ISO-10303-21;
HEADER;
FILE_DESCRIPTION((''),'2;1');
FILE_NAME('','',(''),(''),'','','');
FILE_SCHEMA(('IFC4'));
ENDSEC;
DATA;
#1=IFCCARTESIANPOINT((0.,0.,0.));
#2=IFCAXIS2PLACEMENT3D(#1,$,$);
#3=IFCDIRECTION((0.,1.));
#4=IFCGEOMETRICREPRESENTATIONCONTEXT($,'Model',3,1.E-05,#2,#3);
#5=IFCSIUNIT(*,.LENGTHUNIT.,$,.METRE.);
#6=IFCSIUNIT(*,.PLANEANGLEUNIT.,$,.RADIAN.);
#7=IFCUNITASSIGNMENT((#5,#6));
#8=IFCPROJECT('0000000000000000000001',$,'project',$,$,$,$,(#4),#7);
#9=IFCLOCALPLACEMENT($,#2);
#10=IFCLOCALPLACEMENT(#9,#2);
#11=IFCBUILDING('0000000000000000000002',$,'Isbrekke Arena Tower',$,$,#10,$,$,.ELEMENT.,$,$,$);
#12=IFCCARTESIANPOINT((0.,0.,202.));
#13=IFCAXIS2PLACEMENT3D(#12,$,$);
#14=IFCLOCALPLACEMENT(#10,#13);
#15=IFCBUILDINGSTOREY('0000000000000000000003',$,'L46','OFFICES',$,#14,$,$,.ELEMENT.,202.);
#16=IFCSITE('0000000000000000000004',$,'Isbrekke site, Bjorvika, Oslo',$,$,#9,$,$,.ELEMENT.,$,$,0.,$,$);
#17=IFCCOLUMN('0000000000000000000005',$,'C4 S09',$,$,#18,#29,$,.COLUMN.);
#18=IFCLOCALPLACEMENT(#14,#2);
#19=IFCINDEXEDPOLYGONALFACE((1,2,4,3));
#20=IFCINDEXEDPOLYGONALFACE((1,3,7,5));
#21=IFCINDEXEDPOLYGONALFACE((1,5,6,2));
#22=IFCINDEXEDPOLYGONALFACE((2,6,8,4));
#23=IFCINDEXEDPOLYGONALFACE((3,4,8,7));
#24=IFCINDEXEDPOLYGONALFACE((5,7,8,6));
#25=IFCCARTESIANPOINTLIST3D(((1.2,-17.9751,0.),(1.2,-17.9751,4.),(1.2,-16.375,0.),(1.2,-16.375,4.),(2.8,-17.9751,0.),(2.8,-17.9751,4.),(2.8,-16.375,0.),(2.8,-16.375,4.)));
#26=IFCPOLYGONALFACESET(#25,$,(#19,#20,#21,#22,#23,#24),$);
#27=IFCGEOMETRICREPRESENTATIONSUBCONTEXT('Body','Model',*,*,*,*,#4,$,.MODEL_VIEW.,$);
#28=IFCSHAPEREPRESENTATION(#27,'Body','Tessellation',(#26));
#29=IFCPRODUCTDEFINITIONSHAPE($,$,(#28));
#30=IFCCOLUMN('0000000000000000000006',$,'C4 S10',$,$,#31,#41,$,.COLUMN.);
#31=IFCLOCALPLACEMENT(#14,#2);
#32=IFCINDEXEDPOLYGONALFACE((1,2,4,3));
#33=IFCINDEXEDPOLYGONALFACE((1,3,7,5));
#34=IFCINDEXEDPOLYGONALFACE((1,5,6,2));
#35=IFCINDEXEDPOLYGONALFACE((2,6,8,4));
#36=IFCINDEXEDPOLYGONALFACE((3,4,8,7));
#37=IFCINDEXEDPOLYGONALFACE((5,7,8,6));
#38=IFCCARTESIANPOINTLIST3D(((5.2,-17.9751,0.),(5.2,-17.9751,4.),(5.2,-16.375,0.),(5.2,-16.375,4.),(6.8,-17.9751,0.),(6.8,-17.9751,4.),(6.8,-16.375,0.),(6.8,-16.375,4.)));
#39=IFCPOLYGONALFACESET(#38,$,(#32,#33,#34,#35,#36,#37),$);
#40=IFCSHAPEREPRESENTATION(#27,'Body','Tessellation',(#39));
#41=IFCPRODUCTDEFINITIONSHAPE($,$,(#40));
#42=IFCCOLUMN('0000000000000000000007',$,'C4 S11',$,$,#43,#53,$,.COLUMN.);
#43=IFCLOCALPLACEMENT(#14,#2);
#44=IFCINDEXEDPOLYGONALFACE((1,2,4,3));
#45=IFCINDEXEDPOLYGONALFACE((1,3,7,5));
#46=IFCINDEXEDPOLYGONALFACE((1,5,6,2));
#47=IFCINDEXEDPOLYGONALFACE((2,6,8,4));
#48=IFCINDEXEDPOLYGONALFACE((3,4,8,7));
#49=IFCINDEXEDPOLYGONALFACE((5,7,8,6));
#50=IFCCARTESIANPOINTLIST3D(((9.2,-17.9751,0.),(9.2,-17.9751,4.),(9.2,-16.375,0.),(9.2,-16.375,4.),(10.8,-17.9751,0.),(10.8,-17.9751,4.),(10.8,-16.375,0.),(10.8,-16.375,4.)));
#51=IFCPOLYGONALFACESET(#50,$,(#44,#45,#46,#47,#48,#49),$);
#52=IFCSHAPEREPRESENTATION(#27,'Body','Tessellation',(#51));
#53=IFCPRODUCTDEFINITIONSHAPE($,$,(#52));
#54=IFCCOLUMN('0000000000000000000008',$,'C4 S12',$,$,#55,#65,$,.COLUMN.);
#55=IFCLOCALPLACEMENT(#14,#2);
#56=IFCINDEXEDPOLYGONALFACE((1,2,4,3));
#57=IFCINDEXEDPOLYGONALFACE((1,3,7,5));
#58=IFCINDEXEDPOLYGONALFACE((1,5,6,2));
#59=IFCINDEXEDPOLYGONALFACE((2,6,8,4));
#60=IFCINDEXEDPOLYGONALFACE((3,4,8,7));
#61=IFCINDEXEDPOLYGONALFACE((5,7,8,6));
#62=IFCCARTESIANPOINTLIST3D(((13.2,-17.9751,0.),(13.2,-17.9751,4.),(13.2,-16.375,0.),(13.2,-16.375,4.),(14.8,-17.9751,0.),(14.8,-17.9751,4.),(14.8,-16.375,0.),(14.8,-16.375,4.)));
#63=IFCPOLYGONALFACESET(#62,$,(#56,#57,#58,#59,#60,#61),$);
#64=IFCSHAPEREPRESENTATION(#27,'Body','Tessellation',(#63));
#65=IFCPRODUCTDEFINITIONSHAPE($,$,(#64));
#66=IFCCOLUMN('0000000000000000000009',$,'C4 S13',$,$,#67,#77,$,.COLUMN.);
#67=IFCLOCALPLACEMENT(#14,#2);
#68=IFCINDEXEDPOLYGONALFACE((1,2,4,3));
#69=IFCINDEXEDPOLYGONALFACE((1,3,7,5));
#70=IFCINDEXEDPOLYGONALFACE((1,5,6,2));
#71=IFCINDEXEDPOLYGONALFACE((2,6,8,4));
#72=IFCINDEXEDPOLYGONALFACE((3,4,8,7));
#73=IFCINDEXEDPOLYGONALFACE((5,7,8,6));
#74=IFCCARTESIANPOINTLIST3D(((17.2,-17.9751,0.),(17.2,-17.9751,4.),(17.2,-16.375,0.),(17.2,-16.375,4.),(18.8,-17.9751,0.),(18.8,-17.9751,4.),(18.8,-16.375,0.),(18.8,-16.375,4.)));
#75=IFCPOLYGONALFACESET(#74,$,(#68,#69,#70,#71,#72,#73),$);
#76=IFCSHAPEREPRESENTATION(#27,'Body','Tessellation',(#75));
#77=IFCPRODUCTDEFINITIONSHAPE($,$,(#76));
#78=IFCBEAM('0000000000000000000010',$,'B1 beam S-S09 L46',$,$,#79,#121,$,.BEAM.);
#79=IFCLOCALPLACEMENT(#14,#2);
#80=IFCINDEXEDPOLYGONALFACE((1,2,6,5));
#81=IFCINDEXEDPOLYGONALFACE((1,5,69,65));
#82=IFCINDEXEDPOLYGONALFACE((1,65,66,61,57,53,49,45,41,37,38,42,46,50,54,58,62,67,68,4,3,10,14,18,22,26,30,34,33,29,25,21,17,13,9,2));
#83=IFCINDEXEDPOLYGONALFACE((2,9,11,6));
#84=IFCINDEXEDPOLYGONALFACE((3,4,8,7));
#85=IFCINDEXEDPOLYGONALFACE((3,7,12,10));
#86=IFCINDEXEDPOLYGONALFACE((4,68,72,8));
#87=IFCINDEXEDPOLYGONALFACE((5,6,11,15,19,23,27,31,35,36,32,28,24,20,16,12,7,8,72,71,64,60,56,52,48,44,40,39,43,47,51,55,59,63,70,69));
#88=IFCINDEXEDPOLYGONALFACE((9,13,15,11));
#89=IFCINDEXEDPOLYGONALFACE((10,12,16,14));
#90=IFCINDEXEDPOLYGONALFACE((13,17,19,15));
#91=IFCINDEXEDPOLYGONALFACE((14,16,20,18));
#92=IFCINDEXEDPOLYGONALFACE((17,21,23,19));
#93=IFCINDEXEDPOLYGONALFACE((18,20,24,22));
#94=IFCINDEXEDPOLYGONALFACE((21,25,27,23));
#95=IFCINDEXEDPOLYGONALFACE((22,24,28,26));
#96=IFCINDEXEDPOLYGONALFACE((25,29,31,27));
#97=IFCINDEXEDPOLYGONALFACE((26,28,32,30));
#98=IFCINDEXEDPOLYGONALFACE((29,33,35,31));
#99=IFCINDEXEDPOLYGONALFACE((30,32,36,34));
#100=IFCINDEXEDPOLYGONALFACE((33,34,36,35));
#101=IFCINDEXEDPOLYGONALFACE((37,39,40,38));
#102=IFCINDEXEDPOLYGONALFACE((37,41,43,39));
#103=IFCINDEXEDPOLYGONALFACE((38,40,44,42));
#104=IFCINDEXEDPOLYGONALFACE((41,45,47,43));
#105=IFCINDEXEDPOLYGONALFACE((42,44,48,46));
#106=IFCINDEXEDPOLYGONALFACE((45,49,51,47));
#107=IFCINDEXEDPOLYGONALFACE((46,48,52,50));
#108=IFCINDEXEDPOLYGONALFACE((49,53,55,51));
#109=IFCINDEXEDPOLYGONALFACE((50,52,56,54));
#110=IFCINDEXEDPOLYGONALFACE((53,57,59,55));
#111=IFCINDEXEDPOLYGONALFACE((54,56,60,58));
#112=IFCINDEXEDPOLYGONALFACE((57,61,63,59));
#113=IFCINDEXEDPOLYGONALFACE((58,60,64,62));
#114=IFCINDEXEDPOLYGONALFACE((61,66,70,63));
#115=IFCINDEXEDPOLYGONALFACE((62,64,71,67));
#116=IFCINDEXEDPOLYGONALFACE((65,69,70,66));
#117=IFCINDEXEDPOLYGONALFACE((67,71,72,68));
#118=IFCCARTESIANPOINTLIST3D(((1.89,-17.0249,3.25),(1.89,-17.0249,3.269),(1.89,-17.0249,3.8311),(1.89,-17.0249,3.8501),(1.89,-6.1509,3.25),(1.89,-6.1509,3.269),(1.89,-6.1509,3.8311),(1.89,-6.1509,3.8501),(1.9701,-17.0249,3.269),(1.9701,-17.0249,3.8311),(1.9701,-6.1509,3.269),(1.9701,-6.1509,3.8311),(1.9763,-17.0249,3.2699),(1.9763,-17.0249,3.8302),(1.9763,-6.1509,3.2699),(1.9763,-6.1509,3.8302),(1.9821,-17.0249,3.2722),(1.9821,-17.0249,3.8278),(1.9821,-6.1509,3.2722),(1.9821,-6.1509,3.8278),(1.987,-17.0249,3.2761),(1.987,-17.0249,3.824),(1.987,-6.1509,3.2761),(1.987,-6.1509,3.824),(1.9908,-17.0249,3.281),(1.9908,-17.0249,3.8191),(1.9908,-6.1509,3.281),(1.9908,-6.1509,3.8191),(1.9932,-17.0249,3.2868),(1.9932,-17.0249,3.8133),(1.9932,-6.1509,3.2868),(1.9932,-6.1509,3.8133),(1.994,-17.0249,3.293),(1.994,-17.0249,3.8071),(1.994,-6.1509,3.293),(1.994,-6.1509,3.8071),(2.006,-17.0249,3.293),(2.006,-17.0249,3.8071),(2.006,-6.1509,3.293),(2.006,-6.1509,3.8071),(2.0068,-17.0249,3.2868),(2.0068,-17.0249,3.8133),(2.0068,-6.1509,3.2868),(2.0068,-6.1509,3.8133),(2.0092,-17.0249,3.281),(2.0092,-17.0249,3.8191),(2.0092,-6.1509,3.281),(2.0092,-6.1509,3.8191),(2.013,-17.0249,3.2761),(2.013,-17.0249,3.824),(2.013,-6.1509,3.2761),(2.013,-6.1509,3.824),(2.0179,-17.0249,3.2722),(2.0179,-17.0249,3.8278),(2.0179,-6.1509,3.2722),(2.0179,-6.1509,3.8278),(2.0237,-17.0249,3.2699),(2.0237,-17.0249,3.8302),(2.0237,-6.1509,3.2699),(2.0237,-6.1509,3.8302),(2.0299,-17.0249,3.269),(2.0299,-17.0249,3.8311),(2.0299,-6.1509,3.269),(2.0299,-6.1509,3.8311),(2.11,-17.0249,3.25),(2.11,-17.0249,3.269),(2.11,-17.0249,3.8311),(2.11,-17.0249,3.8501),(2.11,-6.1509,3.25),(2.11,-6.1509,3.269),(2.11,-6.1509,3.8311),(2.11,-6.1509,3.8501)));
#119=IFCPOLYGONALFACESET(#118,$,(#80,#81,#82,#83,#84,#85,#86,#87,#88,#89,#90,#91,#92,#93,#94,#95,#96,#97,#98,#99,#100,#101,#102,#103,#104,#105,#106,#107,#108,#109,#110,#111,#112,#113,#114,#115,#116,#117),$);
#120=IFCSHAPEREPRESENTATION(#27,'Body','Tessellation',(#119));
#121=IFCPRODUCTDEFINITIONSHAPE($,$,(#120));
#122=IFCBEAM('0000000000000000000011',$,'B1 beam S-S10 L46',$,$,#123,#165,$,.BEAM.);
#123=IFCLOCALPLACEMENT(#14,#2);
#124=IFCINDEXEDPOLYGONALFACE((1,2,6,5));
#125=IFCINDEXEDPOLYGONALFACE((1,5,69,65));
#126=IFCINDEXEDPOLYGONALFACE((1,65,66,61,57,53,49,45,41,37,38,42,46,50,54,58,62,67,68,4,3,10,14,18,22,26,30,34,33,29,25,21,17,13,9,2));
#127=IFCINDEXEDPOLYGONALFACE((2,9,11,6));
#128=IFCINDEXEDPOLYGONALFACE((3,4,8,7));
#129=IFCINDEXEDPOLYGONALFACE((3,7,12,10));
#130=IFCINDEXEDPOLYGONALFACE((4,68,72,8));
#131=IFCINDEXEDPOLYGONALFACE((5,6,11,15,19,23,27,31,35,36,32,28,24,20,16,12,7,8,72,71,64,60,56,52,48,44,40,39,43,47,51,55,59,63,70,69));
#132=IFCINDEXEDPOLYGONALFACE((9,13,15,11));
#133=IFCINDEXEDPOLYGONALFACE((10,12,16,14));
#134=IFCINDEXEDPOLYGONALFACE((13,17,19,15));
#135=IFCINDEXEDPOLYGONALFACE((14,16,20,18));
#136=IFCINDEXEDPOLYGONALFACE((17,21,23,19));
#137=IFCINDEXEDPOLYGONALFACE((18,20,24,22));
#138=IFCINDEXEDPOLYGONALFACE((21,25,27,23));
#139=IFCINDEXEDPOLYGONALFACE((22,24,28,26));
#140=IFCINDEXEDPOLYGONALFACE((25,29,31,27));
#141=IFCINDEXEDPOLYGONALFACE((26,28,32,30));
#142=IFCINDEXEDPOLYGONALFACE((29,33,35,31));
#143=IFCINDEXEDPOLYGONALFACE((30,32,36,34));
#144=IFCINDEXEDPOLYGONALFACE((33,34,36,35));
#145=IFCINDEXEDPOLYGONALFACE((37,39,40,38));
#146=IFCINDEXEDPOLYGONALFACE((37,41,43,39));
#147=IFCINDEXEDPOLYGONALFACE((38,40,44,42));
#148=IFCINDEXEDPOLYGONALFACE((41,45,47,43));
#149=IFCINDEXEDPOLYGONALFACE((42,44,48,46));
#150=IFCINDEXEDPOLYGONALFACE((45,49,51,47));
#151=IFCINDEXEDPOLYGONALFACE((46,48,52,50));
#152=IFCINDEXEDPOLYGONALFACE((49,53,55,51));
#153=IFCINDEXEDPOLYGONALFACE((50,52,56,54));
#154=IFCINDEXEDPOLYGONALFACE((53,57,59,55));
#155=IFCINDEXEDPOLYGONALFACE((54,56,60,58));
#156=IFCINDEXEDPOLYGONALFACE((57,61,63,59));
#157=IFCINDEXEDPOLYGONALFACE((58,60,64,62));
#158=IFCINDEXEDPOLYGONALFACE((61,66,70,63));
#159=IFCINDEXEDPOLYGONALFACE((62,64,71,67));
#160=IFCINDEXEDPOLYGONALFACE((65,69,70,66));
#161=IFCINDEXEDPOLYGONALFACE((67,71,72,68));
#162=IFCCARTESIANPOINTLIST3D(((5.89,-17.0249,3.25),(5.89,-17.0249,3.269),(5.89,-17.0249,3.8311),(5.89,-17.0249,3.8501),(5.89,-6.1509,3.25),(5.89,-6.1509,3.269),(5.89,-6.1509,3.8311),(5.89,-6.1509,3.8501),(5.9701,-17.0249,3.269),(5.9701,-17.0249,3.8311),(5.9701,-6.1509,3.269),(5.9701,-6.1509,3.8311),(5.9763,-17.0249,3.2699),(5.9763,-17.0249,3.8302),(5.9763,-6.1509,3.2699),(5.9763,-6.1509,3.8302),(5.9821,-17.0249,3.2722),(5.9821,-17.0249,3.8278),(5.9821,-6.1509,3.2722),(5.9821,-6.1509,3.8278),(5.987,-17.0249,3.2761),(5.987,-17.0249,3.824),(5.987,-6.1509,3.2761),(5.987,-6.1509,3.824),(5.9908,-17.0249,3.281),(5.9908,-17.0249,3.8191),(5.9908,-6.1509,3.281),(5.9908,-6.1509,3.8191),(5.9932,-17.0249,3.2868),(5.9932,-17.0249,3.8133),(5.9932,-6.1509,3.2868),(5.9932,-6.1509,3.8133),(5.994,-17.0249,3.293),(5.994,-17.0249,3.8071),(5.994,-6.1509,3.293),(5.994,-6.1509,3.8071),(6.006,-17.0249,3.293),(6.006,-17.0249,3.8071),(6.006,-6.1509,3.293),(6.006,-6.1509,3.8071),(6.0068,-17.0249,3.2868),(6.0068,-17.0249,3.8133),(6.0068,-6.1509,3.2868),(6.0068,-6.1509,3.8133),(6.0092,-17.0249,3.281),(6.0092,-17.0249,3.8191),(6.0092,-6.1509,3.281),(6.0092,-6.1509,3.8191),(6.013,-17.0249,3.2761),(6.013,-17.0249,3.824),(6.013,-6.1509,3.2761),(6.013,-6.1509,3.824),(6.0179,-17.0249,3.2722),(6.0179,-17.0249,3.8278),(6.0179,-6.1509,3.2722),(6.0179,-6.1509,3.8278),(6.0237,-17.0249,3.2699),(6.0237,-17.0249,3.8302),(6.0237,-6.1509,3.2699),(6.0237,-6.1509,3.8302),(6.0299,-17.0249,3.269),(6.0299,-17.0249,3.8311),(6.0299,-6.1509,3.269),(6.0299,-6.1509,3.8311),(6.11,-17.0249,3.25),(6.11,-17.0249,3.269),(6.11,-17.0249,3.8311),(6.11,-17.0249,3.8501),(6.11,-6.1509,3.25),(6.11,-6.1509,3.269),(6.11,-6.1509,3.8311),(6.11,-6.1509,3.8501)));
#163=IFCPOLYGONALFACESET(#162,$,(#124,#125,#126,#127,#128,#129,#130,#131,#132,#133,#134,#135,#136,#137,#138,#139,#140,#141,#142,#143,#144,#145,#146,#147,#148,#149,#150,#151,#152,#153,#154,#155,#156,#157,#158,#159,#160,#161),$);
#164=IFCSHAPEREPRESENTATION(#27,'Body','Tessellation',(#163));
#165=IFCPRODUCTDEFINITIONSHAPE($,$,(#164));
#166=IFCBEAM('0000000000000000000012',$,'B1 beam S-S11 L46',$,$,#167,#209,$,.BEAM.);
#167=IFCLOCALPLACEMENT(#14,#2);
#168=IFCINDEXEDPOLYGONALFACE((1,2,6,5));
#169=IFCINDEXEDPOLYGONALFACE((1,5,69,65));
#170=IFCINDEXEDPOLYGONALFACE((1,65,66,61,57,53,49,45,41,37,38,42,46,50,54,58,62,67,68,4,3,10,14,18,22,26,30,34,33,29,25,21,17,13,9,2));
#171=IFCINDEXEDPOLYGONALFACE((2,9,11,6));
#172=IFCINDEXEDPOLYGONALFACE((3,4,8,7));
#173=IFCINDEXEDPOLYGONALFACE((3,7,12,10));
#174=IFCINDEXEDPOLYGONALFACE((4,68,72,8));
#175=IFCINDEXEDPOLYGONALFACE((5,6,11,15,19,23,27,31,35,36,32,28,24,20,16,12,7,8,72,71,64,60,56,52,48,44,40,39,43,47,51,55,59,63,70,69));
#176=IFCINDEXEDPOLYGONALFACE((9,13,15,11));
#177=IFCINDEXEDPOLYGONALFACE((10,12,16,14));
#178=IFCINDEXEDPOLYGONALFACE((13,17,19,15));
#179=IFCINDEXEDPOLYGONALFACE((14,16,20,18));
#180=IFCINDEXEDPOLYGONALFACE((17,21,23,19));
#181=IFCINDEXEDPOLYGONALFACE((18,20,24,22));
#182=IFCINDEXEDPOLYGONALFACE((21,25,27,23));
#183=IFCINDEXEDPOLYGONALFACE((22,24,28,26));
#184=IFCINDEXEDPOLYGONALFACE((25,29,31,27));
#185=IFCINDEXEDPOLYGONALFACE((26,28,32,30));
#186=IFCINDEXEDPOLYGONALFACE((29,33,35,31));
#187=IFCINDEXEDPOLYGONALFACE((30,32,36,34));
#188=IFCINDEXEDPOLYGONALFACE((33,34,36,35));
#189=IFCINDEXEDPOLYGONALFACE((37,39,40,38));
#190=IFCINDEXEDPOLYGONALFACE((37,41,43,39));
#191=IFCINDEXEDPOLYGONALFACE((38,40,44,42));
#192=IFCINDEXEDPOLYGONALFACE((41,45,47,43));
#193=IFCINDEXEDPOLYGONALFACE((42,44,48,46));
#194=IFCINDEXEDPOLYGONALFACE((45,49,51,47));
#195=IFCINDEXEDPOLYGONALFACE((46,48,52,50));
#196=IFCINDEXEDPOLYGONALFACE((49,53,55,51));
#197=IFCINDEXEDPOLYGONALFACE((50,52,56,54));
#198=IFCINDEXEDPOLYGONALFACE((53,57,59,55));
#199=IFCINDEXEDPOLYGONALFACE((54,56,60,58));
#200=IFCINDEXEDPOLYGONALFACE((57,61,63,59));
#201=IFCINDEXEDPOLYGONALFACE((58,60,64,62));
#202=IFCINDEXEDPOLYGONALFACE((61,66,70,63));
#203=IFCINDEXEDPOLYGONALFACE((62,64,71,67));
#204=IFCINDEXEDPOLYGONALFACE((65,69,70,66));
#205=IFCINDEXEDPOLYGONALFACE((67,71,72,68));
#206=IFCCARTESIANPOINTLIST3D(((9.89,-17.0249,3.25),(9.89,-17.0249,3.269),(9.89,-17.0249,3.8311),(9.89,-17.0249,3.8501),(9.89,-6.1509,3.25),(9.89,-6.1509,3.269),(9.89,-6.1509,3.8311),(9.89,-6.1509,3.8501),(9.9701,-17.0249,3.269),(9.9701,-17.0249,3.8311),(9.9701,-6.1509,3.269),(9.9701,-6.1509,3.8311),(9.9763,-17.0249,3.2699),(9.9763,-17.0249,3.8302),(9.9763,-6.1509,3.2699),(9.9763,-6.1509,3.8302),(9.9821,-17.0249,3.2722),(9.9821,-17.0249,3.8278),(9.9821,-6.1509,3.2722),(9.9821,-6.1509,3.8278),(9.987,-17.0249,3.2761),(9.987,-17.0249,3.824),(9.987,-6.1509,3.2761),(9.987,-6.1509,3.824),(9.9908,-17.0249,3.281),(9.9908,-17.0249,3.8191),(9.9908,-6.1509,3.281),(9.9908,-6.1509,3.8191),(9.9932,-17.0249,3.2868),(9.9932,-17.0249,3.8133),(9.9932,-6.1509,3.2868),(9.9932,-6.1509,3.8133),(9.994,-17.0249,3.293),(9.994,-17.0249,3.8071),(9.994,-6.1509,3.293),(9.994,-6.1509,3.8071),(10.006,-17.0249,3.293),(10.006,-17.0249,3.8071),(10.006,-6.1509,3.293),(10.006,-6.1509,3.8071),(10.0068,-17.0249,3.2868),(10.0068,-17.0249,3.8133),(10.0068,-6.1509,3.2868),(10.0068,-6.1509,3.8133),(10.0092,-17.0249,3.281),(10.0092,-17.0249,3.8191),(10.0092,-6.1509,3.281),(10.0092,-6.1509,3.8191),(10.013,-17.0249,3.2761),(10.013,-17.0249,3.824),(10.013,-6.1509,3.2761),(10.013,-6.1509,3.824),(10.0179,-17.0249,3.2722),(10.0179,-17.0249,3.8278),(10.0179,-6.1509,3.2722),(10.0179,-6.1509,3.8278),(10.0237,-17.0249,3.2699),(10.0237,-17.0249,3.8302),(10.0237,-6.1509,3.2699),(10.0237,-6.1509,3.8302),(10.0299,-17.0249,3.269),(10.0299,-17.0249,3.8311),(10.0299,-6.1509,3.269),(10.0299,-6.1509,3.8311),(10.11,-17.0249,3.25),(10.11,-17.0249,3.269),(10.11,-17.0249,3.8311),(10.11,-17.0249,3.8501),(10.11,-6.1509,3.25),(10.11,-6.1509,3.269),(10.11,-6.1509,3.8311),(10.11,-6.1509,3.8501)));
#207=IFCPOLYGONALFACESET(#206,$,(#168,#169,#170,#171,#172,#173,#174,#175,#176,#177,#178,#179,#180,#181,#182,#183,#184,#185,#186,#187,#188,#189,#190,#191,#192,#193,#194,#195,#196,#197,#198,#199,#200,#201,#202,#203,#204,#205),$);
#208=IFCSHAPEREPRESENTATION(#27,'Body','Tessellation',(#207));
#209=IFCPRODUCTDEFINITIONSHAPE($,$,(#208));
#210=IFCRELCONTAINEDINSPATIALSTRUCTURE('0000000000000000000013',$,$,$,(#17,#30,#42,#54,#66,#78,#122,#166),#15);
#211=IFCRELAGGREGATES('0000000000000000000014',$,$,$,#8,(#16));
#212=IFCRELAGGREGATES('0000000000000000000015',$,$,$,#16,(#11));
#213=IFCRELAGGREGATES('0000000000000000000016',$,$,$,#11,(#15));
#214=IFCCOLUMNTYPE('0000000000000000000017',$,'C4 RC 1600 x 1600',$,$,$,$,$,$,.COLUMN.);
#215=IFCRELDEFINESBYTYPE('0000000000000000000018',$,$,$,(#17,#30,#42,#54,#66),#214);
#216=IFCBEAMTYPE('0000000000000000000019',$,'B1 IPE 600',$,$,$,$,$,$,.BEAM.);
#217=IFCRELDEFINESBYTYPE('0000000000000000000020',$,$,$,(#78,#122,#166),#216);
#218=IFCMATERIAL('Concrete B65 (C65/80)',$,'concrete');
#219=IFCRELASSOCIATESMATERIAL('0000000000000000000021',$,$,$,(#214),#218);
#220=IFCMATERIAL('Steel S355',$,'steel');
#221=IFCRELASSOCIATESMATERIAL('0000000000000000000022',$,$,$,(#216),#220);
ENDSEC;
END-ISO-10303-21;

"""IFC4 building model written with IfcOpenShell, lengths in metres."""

from ifc_helpers import new_model, si_unit, direction, frame, origin, origin_2d, place, context, subcontext, project, spatial, rectangle, i_section, extrude, material, material_profile, profile_set, type_object, element, save


model = new_model("IFC4")

# Units and contexts
model_context = context("Model", 3, precision=1e-05, world=origin(), true_north=direction((0.0, 1.0)))
body_context = subcontext(model_context, "Body", "Model", "MODEL_VIEW")
ifc_project = project(units=[si_unit("LENGTHUNIT", "METRE"), si_unit("PLANEANGLEUNIT", "RADIAN")], contexts=[model_context])

# Site, building, storey
site_placement = place(None, origin())
site = spatial("IfcSite", under=ifc_project, at=site_placement, Name="Isbrekke site, Bjorvika, Oslo", CompositionType="ELEMENT", RefElevation=0.0)
building_placement = place(site_placement, origin())
building = spatial("IfcBuilding", under=site, at=building_placement, Name="Isbrekke Arena Tower", CompositionType="ELEMENT")
storey_placement = place(building_placement, frame((0.0, 0.0, 202.0)))
storey = spatial("IfcBuildingStorey", under=building, at=storey_placement, Name="L46", Description="OFFICES", CompositionType="ELEMENT", Elevation=202.0)

# Columns
ifc_material_1 = material(Name="Concrete B65 (C65/80)", Category="concrete")
ifc_material_profile_1 = material_profile(ifc_material_1, rectangle(XDim=1.6001, YDim=1.6001, at=origin_2d()), Name="RC 1600x1600")
ifc_profile_set_1 = profile_set([ifc_material_profile_1], Name="Concrete B65 (C65/80)")
column_type = type_object("IfcColumnType", Name="C4 RC 1600 x 1600", PredefinedType="COLUMN", material=ifc_profile_set_1)
for number, where, z_axis, x_axis, name in (
    (1, (2.0, -17.175, 0.0), (0.0, 0.0, 1.0), (1.0, 0.0, 0.0), "C4 S09"),
    (2, (6.0, -17.175, 0.0), (0.0, 0.0, 1.0), (1.0, 0.0, 0.0), "C4 S10"),
    (3, (10.0, -17.175, 0.0), (0.0, 0.0, 1.0), (1.0, 0.0, 0.0), "C4 S11"),
    (4, (14.0, -17.175, 0.0), (0.0, 0.0, 1.0), (1.0, 0.0, 0.0), "C4 S12"),
    (5, (18.0, -17.175, 0.0), (0.0, 0.0, 1.0), (1.0, 0.0, 0.0), "C4 S13"),
):
    element("IfcColumn", number, at=place(storey_placement, frame(where, z_axis=z_axis, x_axis=x_axis)), inside=storey, type_object=column_type, Name=name, PredefinedType="COLUMN", context=body_context, shape_type="SweptSolid", body=[
        extrude(rectangle(XDim=1.6001, YDim=1.6001, at=origin_2d()), origin(), (0.0, 0.0, 1.0), 4.0),
    ])

# Beams
ifc_material_2 = material(Name="Steel S355", Category="steel")
ifc_material_profile_2 = material_profile(ifc_material_2, i_section(OverallWidth=0.22, OverallDepth=0.6001, WebThickness=0.012, FlangeThickness=0.019, FilletRadius=0.0239, at=origin_2d()), Name="IPE 600")
ifc_profile_set_2 = profile_set([ifc_material_profile_2], Name="Steel S355")
beam_type_1 = type_object("IfcBeamType", Name="B1 IPE 600", PredefinedType="BEAM", material=ifc_profile_set_2)
for number, where, z_axis, x_axis, name in (
    (6, (2.0, -17.0249, 3.55), (0.0, 1.0, 0.0), (-1.0, 0.0, 0.0), "B1 beam S-S09 L46"),
    (7, (6.0, -17.0249, 3.55), (0.0, 1.0, 0.0), (-1.0, 0.0, 0.0), "B1 beam S-S10 L46"),
    (8, (10.0, -17.0249, 3.55), (0.0, 1.0, 0.0), (-1.0, 0.0, 0.0), "B1 beam S-S11 L46"),
):
    element("IfcBeam", number, at=place(storey_placement, frame(where, z_axis=z_axis, x_axis=x_axis)), inside=storey, type_object=beam_type_1, Name=name, PredefinedType="BEAM", context=body_context, shape_type="SweptSolid", body=[
        extrude(i_section(OverallWidth=0.22, OverallDepth=0.6001, WebThickness=0.012, FlangeThickness=0.019, FilletRadius=0.0239, at=origin_2d()), origin(), (0.0, 0.0, 1.0), 10.874),
    ])

save(model, "model.ifc")
